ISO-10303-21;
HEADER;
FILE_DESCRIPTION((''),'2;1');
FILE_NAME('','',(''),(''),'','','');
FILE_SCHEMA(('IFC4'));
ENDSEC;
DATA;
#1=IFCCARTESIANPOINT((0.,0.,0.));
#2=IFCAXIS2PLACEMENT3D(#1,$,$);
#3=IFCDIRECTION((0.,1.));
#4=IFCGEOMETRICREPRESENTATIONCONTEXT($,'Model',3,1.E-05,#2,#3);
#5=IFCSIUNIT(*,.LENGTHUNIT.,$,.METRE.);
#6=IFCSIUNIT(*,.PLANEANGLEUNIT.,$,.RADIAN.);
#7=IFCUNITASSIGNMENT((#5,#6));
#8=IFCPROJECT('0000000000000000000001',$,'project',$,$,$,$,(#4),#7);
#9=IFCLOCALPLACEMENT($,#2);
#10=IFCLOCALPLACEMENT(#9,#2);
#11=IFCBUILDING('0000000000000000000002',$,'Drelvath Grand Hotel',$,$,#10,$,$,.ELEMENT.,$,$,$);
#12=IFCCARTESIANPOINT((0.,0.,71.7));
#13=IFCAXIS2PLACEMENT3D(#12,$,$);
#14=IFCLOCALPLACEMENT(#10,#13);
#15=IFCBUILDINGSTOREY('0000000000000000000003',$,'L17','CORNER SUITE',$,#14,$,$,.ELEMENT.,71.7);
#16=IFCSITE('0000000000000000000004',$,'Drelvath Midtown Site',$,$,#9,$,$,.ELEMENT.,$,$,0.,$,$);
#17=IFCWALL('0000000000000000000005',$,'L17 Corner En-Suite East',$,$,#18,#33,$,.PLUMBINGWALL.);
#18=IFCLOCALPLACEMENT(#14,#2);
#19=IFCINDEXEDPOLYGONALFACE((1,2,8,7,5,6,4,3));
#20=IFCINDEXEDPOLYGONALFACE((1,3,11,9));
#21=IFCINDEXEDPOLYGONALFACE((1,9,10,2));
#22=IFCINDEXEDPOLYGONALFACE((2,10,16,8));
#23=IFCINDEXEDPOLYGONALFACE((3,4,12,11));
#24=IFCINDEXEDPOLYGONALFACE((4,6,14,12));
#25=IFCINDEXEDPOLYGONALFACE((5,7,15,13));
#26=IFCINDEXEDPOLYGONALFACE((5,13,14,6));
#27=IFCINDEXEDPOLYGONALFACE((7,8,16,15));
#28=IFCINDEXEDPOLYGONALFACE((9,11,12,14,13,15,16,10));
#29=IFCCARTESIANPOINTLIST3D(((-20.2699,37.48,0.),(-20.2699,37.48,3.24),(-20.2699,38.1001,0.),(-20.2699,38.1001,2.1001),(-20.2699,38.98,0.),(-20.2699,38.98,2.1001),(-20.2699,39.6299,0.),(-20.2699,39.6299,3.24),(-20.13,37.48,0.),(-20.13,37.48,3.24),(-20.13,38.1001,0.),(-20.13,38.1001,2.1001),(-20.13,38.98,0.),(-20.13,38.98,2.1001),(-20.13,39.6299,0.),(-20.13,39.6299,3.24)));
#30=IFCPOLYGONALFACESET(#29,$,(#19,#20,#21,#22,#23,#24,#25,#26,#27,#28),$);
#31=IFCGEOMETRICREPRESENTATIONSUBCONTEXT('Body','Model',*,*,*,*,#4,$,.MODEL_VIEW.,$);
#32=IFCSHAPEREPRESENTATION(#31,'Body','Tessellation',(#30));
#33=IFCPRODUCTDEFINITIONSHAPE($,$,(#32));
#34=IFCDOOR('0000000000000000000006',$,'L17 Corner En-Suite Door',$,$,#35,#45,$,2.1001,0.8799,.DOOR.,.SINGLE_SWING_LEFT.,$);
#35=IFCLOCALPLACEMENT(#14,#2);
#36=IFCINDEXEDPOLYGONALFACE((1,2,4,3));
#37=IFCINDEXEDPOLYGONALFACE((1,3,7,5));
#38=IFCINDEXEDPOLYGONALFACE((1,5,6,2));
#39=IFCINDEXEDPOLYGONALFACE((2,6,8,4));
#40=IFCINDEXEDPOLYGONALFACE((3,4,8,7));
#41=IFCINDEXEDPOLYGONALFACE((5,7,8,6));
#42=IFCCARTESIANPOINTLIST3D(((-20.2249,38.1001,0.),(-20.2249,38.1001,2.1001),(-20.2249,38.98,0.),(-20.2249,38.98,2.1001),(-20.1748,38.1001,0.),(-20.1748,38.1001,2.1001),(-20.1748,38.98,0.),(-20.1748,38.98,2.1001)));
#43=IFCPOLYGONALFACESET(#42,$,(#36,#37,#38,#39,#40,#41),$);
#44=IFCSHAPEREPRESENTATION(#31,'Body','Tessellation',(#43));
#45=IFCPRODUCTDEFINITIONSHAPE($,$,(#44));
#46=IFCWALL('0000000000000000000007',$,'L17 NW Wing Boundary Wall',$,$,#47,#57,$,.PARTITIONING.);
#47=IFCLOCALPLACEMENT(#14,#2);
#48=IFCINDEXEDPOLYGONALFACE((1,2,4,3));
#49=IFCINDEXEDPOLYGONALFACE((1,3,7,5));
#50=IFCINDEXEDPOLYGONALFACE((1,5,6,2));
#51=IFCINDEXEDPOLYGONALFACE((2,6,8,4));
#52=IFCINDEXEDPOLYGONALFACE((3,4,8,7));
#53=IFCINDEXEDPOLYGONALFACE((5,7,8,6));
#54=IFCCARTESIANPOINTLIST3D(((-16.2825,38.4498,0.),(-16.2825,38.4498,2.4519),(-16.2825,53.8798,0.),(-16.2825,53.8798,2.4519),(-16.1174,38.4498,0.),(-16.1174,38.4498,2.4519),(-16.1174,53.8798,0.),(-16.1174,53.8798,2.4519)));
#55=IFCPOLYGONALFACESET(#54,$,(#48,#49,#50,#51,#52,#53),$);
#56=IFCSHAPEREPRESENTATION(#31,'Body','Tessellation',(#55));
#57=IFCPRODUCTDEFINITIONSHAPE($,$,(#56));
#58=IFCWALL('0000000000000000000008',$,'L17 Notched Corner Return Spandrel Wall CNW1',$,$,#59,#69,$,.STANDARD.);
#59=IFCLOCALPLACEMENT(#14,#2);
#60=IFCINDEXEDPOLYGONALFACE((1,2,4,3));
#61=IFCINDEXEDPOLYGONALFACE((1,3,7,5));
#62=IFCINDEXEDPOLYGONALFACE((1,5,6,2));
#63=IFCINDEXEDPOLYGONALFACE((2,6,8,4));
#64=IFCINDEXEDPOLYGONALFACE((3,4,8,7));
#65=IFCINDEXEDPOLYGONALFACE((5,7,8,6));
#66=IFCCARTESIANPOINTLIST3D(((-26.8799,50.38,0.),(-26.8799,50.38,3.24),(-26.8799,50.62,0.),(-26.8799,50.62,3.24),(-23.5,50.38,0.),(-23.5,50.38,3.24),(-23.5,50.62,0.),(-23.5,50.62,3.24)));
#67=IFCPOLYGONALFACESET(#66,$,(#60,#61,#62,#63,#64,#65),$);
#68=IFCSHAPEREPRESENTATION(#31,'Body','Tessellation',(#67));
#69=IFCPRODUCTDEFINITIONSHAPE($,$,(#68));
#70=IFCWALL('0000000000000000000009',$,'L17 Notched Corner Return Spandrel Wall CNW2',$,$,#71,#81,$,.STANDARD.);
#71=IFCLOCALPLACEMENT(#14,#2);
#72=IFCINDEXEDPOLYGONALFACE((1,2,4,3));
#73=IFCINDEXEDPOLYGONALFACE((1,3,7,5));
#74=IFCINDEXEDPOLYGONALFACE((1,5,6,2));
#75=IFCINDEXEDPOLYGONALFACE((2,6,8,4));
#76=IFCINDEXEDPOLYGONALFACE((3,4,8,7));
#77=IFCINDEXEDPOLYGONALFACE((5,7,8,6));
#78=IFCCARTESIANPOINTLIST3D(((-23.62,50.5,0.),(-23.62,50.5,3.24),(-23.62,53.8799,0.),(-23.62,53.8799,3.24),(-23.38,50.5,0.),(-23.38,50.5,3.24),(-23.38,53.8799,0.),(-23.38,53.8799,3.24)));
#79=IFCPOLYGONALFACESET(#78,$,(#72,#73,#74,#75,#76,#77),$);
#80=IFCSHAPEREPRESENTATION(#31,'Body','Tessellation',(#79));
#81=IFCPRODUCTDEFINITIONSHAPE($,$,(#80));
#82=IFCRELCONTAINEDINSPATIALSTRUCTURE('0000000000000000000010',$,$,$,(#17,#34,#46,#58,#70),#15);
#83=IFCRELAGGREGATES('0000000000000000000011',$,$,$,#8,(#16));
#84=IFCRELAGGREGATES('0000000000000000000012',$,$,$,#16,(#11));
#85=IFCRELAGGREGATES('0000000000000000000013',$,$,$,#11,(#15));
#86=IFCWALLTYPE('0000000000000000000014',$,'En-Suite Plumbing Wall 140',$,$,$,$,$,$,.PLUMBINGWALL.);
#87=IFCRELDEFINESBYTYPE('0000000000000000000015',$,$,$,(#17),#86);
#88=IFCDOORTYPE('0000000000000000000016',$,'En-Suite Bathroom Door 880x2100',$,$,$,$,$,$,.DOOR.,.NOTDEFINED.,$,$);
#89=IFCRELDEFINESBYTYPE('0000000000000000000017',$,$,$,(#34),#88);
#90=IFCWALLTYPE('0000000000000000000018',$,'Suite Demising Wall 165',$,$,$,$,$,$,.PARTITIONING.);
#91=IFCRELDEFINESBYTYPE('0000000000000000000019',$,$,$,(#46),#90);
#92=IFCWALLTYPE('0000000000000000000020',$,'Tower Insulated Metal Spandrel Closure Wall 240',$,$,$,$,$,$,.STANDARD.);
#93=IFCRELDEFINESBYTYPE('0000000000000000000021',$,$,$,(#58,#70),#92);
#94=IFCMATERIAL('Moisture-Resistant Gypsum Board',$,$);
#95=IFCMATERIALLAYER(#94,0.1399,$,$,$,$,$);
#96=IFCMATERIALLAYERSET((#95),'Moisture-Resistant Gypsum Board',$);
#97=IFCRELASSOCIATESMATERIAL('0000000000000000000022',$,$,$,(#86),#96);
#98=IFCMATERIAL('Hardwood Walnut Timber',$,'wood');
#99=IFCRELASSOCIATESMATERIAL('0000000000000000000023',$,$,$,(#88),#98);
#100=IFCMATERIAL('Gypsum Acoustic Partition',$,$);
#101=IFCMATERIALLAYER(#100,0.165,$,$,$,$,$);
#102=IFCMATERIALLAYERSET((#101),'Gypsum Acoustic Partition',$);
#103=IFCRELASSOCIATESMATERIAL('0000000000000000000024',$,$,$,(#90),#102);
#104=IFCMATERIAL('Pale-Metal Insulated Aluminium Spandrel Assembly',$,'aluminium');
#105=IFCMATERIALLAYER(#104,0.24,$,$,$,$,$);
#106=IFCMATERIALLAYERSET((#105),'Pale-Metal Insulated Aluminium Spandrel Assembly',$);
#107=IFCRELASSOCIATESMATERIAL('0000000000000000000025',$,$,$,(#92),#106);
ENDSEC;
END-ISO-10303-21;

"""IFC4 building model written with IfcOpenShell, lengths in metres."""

from ifc_helpers import new_model, si_unit, direction, frame, frame_2d, origin, place, context, subcontext, project, spatial, rectangle, extrude, material, layer, layer_set, type_object, element, fill, save


model = new_model("IFC4")

# Units and contexts
model_context = context("Model", 3, precision=1e-05, world=origin(), true_north=direction((0.0, 1.0)))
body_context = subcontext(model_context, "Body", "Model", "MODEL_VIEW")
ifc_project = project(units=[si_unit("LENGTHUNIT", "METRE"), si_unit("PLANEANGLEUNIT", "RADIAN")], contexts=[model_context])

# Site, building, storey
site_placement = place(None, origin())
site = spatial("IfcSite", under=ifc_project, at=site_placement, Name="Drelvath Midtown Site", CompositionType="ELEMENT", RefElevation=0.0)
building_placement = place(site_placement, origin())
building = spatial("IfcBuilding", under=site, at=building_placement, Name="Drelvath Grand Hotel", CompositionType="ELEMENT")
storey_placement = place(building_placement, frame((0.0, 0.0, 71.7)))
storey = spatial("IfcBuildingStorey", under=building, at=storey_placement, Name="L17", Description="CORNER SUITE", CompositionType="ELEMENT", Elevation=71.7)

# Shared definitions
ifc_material_1 = material(Name="Hardwood Walnut Timber", Category="wood")

# Shared definitions
ifc_material_2 = material(Name="Moisture-Resistant Gypsum Board")
ifc_layer_1 = layer(ifc_material_2, 0.1399)
ifc_layer_set_1 = layer_set([ifc_layer_1], Name="Moisture-Resistant Gypsum Board")
wall_type_1 = type_object("IfcWallType", Name="En-Suite Plumbing Wall 140", PredefinedType="PLUMBINGWALL", material=ifc_layer_set_1)

# Wall, opening, door
wall_1_placement = place(storey_placement, frame((-20.2, 37.48, 0.0), z_axis=(0.0, 0.0, 1.0), x_axis=(0.0, 1.0, 0.0)))
wall_1 = element("IfcWall", 1, at=wall_1_placement, inside=storey, type_object=wall_type_1, Name="L17 Corner En-Suite East", PredefinedType="PLUMBINGWALL", context=body_context, shape_type="SweptSolid", body=[
    extrude(rectangle(XDim=2.1499, YDim=0.1399, at=frame_2d((1.075, 0.0))), origin(), (0.0, 0.0, 1.0), 3.24),
])
opening_1_placement = place(wall_1_placement, frame((0.6201, 0.0, 0.0)))
opening_1 = element("IfcOpeningElement", 2, at=opening_1_placement, cuts=wall_1, PredefinedType="OPENING", context=body_context, shape_type="SweptSolid", body=[
    extrude(rectangle(XDim=0.8799, YDim=2.1001, at=frame_2d((0.4399, 1.05))), frame((0.0, 0.0798, 0.0), z_axis=(0.0, -1.0, 0.0), x_axis=(1.0, 0.0, 0.0)), (0.0, 0.0, 1.0), 0.1599),
])
door_type_1 = type_object("IfcDoorType", Name="En-Suite Bathroom Door 880x2100", OperationType="NOTDEFINED", PredefinedType="DOOR", material=ifc_material_1)
door_1_placement = place(opening_1_placement, origin())
door_1 = element("IfcDoor", 3, at=door_1_placement, inside=storey, type_object=door_type_1, Name="L17 Corner En-Suite Door", OperationType="SINGLE_SWING_LEFT", OverallHeight=2.1001, OverallWidth=0.8799, PredefinedType="DOOR", context=body_context, shape_type="SweptSolid", body=[
    extrude(rectangle(XDim=0.8799, YDim=2.1001, at=frame_2d((0.4399, 1.05))), frame((0.0, 0.0249, 0.0), z_axis=(0.0, -1.0, 0.0), x_axis=(1.0, 0.0, 0.0)), (0.0, 0.0, 1.0), 0.05),
])
fill(opening_1, door_1)

# Walls
ifc_material_3 = material(Name="Gypsum Acoustic Partition")
ifc_layer_2 = layer(ifc_material_3, 0.165)
ifc_layer_set_2 = layer_set([ifc_layer_2], Name="Gypsum Acoustic Partition")
wall_type_2 = type_object("IfcWallType", Name="Suite Demising Wall 165", PredefinedType="PARTITIONING", material=ifc_layer_set_2)
wall_2_placement = place(storey_placement, frame((-16.2, 38.45, 0.0), z_axis=(0.0, 0.0, 1.0), x_axis=(0.0, 1.0, 0.0)))
element("IfcWall", 4, at=wall_2_placement, inside=storey, type_object=wall_type_2, Name="L17 NW Wing Boundary Wall", PredefinedType="PARTITIONING", context=body_context, shape_type="SweptSolid", body=[
    extrude(rectangle(XDim=15.4299, YDim=0.165, at=frame_2d((7.7148, 0.0))), origin(), (0.0, 0.0, 1.0), 2.4519),
])
ifc_material_4 = material(Name="Pale-Metal Insulated Aluminium Spandrel Assembly", Category="aluminium")
ifc_layer_3 = layer(ifc_material_4, 0.24)
ifc_layer_set_3 = layer_set([ifc_layer_3], Name="Pale-Metal Insulated Aluminium Spandrel Assembly")
wall_type_3 = type_object("IfcWallType", Name="Tower Insulated Metal Spandrel Closure Wall 240", PredefinedType="STANDARD", material=ifc_layer_set_3)
for number, where, z_axis, x_axis, name in (
    (5, (-26.8799, 50.5, 0.0), (0.0, 0.0, 1.0), (1.0, 0.0, 0.0), "L17 Notched Corner Return Spandrel Wall CNW1"),
    (6, (-23.5, 50.5, 0.0), (0.0, 0.0, 1.0), (0.0, 1.0, 0.0), "L17 Notched Corner Return Spandrel Wall CNW2"),
):
    element("IfcWall", number, at=place(storey_placement, frame(where, z_axis=z_axis, x_axis=x_axis)), inside=storey, type_object=wall_type_3, Name=name, PredefinedType="STANDARD", context=body_context, shape_type="SweptSolid", body=[
        extrude(rectangle(XDim=3.3799, YDim=0.24, at=frame_2d((1.6899, 0.0))), origin(), (0.0, 0.0, 1.0), 3.24),
    ])

save(model, "model.ifc")
